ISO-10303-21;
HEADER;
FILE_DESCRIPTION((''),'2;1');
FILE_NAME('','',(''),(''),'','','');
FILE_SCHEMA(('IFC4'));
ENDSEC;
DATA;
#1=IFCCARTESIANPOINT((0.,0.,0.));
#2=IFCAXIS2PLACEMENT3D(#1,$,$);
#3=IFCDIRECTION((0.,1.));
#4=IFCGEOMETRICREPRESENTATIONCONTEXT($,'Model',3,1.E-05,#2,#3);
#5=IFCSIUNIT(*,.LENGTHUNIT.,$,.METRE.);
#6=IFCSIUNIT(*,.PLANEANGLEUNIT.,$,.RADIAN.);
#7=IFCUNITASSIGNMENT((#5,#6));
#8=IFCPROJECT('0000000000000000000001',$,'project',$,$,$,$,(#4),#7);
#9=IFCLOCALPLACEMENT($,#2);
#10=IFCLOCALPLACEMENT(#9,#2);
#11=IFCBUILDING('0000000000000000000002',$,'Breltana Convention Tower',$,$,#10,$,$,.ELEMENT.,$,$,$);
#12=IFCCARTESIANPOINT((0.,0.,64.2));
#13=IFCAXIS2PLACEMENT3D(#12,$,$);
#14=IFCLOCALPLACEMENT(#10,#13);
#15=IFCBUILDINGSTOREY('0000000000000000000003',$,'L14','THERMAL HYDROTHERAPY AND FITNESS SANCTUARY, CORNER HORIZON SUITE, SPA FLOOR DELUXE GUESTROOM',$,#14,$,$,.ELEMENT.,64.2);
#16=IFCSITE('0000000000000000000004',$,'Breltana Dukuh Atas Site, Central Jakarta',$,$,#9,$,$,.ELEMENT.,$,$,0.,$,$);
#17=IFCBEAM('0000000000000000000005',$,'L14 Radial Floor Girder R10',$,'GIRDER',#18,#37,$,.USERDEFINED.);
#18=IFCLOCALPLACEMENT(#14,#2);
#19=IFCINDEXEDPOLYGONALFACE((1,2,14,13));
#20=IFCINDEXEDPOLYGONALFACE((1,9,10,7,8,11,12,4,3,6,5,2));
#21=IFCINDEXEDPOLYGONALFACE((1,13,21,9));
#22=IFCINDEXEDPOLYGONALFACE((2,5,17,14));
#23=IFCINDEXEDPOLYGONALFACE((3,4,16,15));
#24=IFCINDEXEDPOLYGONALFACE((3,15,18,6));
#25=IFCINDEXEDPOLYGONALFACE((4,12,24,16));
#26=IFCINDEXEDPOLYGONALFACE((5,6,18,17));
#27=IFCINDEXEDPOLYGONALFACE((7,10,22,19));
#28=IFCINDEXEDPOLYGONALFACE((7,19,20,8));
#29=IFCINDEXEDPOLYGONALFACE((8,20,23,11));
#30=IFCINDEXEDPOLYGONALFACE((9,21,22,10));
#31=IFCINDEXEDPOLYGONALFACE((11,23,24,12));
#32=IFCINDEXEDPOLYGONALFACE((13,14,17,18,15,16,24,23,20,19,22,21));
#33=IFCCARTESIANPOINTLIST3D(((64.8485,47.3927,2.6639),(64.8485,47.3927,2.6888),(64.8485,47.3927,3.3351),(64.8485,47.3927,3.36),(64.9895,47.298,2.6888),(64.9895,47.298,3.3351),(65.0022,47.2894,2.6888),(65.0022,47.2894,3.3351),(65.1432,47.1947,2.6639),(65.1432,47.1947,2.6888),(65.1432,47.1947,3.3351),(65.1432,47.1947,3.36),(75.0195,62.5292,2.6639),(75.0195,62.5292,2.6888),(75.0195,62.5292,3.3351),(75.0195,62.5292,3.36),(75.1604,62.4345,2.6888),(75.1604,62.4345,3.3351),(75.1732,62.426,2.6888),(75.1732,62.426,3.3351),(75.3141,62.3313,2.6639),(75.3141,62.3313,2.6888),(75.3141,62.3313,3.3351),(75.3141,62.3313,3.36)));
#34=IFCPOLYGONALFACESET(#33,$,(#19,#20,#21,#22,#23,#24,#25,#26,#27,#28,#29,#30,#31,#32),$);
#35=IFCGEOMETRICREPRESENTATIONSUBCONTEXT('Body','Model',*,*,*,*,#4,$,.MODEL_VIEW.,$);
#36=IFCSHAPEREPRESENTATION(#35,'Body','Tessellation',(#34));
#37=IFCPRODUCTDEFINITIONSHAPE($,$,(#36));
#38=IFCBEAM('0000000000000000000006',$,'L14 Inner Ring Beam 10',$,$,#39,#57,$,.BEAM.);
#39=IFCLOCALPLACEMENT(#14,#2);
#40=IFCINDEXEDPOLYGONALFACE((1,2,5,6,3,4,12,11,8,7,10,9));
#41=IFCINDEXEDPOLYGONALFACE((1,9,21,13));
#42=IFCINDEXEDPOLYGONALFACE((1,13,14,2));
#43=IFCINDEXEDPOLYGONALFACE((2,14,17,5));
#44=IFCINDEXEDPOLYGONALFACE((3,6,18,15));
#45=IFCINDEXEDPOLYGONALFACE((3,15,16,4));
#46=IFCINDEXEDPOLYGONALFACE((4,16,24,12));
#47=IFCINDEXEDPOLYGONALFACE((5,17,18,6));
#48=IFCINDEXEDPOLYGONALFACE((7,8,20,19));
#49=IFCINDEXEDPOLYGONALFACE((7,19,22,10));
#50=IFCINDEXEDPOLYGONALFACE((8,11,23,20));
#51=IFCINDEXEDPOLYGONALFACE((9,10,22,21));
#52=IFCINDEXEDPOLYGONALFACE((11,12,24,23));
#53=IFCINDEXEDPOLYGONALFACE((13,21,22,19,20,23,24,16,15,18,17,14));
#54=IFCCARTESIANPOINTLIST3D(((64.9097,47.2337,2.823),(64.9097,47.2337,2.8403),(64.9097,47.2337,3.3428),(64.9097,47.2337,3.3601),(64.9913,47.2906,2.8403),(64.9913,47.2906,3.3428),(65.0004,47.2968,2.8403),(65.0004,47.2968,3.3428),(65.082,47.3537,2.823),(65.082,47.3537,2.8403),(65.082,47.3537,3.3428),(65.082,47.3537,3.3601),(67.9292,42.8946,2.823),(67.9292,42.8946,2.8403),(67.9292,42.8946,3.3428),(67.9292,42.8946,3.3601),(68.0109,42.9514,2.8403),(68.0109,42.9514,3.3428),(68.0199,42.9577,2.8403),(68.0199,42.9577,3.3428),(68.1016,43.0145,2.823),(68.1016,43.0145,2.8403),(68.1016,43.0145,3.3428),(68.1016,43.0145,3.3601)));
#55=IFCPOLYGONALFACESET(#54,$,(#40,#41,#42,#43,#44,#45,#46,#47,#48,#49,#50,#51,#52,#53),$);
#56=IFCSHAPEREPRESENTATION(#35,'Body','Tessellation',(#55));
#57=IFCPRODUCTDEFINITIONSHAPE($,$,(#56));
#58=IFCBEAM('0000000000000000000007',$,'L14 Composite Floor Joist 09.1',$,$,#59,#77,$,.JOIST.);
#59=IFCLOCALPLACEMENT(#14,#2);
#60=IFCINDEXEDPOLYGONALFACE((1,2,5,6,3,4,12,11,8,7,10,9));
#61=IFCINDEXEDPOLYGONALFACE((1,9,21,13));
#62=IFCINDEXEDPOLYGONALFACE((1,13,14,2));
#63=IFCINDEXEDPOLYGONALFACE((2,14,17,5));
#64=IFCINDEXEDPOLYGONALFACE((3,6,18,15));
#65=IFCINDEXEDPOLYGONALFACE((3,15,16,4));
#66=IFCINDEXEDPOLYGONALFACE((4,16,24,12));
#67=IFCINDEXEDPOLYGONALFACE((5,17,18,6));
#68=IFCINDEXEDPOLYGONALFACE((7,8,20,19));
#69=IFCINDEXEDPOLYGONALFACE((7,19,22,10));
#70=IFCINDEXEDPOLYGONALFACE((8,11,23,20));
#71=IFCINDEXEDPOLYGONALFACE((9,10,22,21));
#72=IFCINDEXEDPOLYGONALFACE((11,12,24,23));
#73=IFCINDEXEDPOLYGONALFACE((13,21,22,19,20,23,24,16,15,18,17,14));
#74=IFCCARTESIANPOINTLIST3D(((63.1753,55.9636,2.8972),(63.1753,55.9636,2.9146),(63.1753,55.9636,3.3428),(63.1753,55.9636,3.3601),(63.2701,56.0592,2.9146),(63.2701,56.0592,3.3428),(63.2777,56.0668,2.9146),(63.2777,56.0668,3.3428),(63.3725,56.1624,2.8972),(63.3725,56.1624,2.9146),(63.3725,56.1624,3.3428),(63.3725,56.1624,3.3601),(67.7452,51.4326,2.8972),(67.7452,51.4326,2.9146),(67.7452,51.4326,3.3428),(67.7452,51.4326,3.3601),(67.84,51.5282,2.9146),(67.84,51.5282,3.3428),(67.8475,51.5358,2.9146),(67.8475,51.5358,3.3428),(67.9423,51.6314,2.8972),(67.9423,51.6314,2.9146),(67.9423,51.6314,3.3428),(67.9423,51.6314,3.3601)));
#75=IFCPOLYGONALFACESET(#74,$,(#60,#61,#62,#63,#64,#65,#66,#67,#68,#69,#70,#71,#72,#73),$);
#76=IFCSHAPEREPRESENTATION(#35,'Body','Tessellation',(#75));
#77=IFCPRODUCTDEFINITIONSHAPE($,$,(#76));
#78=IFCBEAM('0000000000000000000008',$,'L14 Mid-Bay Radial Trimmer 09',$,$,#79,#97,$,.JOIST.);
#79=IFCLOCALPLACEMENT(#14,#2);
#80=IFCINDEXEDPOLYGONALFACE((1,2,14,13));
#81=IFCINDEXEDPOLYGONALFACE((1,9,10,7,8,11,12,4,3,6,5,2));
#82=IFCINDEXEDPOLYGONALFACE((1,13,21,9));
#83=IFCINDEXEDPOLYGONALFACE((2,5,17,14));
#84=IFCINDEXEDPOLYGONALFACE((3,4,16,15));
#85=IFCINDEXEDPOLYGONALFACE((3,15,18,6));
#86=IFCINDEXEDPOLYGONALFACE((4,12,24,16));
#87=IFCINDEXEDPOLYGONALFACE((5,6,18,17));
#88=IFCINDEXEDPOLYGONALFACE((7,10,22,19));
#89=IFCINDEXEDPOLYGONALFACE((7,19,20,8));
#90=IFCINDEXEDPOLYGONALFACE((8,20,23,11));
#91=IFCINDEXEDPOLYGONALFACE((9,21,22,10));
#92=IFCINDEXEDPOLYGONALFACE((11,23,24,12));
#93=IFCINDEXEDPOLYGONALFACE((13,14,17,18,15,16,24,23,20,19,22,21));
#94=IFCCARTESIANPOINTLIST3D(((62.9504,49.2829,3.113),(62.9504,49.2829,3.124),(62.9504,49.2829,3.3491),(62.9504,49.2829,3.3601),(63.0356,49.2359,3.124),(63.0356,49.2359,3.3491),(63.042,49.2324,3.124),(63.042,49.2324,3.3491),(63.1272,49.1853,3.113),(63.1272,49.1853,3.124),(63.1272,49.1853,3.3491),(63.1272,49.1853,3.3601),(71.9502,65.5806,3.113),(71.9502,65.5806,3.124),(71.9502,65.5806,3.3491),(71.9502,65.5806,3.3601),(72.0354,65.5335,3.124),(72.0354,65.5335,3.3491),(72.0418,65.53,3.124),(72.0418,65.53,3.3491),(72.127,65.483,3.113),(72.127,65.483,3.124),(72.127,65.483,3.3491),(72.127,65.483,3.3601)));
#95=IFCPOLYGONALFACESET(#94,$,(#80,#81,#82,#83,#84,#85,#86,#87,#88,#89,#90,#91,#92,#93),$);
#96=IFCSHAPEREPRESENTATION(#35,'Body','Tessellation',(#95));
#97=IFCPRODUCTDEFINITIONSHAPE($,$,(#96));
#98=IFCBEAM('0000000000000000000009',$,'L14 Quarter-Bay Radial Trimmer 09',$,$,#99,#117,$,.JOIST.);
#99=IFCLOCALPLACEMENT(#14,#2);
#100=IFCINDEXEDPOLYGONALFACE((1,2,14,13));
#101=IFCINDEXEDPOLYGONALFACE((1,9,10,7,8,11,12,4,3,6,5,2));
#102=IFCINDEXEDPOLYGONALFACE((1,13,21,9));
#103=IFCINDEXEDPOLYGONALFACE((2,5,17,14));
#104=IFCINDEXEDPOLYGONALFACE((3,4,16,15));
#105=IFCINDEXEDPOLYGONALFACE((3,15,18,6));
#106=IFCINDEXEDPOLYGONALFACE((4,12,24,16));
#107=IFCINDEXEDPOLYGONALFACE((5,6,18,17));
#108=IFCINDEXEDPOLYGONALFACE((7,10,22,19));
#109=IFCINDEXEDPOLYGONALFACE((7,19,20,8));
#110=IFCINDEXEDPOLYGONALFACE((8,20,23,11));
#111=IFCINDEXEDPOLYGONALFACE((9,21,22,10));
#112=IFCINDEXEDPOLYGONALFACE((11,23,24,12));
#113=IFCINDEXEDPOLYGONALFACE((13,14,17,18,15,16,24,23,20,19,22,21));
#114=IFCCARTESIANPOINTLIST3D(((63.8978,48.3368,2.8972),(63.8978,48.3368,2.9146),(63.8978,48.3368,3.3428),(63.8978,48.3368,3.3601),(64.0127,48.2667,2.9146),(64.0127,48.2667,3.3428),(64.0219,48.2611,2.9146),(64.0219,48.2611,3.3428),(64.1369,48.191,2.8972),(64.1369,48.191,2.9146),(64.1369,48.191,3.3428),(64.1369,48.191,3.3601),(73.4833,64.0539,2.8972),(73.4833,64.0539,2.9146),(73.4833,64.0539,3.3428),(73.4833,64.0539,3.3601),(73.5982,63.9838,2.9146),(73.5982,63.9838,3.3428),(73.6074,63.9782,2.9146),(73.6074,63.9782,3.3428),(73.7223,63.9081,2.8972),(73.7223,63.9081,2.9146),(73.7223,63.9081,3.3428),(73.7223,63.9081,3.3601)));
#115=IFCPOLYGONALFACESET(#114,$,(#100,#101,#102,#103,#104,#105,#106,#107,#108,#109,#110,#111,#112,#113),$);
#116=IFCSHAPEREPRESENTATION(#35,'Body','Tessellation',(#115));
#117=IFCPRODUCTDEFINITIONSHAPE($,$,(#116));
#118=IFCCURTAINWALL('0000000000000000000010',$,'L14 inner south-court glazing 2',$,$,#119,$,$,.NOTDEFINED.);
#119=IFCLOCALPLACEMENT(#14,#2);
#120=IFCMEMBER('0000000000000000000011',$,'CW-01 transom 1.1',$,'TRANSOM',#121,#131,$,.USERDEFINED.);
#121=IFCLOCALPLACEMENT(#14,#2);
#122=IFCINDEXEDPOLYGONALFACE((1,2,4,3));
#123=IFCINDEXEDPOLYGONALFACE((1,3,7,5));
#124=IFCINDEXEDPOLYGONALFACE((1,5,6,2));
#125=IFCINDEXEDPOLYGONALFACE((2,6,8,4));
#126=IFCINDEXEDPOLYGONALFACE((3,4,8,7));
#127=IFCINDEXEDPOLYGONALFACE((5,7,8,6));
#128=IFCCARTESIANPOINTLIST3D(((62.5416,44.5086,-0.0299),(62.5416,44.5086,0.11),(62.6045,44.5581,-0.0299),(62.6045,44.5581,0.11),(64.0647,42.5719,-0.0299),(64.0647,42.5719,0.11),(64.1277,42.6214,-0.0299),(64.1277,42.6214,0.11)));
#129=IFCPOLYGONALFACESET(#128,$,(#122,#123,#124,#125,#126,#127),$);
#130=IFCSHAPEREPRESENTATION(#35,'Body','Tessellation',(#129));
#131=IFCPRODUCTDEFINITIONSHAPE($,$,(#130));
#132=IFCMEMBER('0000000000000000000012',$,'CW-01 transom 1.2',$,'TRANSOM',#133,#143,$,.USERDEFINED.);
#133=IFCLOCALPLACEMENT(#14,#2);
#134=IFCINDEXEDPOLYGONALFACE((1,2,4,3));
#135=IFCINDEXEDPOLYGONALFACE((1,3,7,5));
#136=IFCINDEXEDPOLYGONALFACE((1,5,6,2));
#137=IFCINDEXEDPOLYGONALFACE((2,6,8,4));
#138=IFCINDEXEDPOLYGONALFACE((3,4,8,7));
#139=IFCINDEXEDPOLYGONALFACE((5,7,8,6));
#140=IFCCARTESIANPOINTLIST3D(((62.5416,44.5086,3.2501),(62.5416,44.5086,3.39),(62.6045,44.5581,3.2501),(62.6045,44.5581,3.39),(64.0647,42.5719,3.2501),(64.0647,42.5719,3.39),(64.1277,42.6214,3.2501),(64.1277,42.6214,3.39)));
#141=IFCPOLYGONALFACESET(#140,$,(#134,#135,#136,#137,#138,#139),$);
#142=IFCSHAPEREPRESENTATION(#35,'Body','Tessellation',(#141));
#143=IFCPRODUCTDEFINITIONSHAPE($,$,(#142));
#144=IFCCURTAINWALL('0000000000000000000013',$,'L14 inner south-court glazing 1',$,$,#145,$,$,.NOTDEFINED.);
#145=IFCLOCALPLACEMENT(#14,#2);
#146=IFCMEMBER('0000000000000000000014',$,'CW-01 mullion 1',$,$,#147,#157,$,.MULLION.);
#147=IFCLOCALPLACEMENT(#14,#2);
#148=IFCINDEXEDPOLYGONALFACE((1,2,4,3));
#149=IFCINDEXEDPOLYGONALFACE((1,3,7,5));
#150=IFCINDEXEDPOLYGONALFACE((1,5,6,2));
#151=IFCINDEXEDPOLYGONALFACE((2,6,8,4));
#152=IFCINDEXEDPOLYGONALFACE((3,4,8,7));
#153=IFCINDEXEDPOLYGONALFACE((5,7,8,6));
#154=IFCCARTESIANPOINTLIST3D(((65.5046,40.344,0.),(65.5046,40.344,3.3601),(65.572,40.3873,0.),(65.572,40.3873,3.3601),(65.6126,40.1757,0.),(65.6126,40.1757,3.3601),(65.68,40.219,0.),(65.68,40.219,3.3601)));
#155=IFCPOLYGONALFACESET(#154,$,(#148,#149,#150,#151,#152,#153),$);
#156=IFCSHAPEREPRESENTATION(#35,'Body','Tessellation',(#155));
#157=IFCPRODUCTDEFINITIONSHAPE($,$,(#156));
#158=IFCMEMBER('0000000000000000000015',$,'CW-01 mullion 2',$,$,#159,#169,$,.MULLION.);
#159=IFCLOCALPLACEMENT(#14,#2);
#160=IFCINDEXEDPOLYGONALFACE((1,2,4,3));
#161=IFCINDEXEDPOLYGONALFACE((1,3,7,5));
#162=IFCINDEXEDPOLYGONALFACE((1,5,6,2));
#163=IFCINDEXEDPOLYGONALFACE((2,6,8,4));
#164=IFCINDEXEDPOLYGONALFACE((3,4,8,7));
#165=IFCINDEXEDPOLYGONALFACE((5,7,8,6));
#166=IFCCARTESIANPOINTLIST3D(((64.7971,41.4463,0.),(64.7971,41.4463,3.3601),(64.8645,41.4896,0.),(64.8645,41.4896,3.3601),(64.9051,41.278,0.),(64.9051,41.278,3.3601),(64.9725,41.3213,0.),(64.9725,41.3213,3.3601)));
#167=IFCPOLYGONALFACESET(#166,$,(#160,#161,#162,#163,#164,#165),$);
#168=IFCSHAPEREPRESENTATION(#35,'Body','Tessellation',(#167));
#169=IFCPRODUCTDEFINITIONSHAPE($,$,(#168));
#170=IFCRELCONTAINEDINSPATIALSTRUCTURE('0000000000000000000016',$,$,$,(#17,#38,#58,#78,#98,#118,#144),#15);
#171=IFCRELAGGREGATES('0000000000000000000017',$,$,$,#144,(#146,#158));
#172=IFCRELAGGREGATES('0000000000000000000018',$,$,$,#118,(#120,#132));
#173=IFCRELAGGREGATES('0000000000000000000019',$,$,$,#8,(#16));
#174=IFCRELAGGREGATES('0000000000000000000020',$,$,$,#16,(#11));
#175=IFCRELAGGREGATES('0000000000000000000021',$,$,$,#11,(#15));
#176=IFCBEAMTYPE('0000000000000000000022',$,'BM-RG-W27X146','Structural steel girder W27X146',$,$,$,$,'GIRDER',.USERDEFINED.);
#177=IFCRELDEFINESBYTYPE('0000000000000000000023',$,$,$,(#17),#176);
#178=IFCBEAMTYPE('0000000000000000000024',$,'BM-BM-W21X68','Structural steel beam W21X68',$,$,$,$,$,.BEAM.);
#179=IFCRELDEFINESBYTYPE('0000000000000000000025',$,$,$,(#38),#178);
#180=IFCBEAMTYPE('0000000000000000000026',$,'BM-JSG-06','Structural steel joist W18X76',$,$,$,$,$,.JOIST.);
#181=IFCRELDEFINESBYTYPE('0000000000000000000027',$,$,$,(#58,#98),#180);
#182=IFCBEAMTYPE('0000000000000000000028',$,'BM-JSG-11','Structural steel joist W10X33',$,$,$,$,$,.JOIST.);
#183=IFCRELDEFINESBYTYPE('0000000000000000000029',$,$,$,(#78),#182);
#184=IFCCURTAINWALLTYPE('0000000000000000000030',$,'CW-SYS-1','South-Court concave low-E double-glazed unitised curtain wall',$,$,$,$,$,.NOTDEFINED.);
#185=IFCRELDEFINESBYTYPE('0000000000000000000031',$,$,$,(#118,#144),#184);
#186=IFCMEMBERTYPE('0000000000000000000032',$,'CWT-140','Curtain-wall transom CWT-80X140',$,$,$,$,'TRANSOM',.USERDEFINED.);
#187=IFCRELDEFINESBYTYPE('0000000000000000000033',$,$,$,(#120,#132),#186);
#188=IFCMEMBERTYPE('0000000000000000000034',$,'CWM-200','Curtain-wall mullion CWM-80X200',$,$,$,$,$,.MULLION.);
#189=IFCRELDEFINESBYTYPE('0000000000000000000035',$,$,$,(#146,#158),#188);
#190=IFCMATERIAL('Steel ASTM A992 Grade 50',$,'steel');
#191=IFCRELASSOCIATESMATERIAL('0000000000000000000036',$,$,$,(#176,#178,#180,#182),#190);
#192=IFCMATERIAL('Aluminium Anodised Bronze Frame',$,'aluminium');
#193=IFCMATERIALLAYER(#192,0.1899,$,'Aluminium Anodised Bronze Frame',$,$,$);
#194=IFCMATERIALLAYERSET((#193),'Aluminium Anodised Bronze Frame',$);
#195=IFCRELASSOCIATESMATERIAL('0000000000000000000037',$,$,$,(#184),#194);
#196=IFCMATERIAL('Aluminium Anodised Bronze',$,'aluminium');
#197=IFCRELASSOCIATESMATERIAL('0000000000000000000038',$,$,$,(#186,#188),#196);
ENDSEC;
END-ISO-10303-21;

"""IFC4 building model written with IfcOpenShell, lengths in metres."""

from ifc_helpers import new_model, si_unit, direction, frame, origin, origin_2d, place, context, subcontext, project, spatial, rectangle, i_section, extrude, source, transform, mapped, material, layer, layer_set, material_profile, profile_set, type_object, element, aggregate, save


model = new_model("IFC4")

# Units and contexts
model_context = context("Model", 3, precision=1e-05, world=origin(), true_north=direction((0.0, 1.0)))
body_context = subcontext(model_context, "Body", "Model", "MODEL_VIEW")
ifc_project = project(units=[si_unit("LENGTHUNIT", "METRE"), si_unit("PLANEANGLEUNIT", "RADIAN")], contexts=[model_context])

# Site, building, storey
site_placement = place(None, origin())
site = spatial("IfcSite", under=ifc_project, at=site_placement, Name="Breltana Dukuh Atas Site, Central Jakarta", CompositionType="ELEMENT", RefElevation=0.0)
building_placement = place(site_placement, origin())
building = spatial("IfcBuilding", under=site, at=building_placement, Name="Breltana Convention Tower", CompositionType="ELEMENT")
storey_placement = place(building_placement, frame((0.0, 0.0, 64.2)))
storey = spatial("IfcBuildingStorey", under=building, at=storey_placement, Name="L14", Description="THERMAL HYDROTHERAPY AND FITNESS SANCTUARY, CORNER HORIZON SUITE, SPA FLOOR DELUXE GUESTROOM", CompositionType="ELEMENT", Elevation=64.2)

# Beams
ifc_material_1 = material(Name="Steel ASTM A992 Grade 50", Category="steel")
ifc_material_profile_1 = material_profile(ifc_material_1, i_section(OverallWidth=0.355, OverallDepth=0.696, WebThickness=0.0154, FlangeThickness=0.0249, at=origin_2d()), Name="W27X146")
ifc_profile_set_1 = profile_set([ifc_material_profile_1], Name="Steel ASTM A992 Grade 50")
beam_type_1 = type_object("IfcBeamType", Name="BM-RG-W27X146", Description="Structural steel girder W27X146", ElementType="GIRDER", PredefinedType="USERDEFINED", material=ifc_profile_set_1)
shared_shape_1 = source(origin(), body_context, "Body", "SweptSolid", [
    extrude(i_section(OverallWidth=0.355, OverallDepth=0.696, WebThickness=0.0154, FlangeThickness=0.0249, at=origin_2d()), origin(), (0.0, 0.0, 1.0), 18.2363),
])
beam_1_placement = place(storey_placement, frame((64.9958, 47.2937, 3.012), z_axis=(0.55773, 0.830022, 0.0), x_axis=(-0.830022, 0.55773, 0.0)))
element("IfcBeam", 1, at=beam_1_placement, inside=storey, type_object=beam_type_1, Name="L14 Radial Floor Girder R10", ObjectType="GIRDER", PredefinedType="USERDEFINED", context=body_context, shape_type="MappedRepresentation", body=[
    mapped(shared_shape_1, transform((0.0, 0.0, 0.0), scale=1.0)),
])
ifc_material_profile_2 = material_profile(ifc_material_1, i_section(OverallWidth=0.21, OverallDepth=0.5371, WebThickness=0.011, FlangeThickness=0.0173, at=origin_2d()), Name="W21X68")
ifc_profile_set_2 = profile_set([ifc_material_profile_2], Name="Steel ASTM A992 Grade 50")
beam_type_2 = type_object("IfcBeamType", Name="BM-BM-W21X68", Description="Structural steel beam W21X68", PredefinedType="BEAM", material=ifc_profile_set_2)
shared_shape_2 = source(origin(), body_context, "Body", "SweptSolid", [
    extrude(i_section(OverallWidth=0.21, OverallDepth=0.5371, WebThickness=0.011, FlangeThickness=0.0173, at=origin_2d()), origin(), (0.0, 0.0, 1.0), 5.2864),
])
beam_2_placement = place(storey_placement, frame((64.9958, 47.2937, 3.0916), z_axis=(0.571194, -0.820815, 0.0), x_axis=(0.820815, 0.571194, 0.0)))
element("IfcBeam", 2, at=beam_2_placement, inside=storey, type_object=beam_type_2, Name="L14 Inner Ring Beam 10", PredefinedType="BEAM", context=body_context, shape_type="MappedRepresentation", body=[
    mapped(shared_shape_2, transform((0.0, 0.0, 0.0), scale=1.0)),
])
ifc_material_profile_3 = material_profile(ifc_material_1, i_section(OverallWidth=0.28, OverallDepth=0.4629, WebThickness=0.0107, FlangeThickness=0.0173, at=origin_2d()), Name="W18X76")
ifc_profile_set_3 = profile_set([ifc_material_profile_3], Name="Steel ASTM A992 Grade 50")
beam_type_3 = type_object("IfcBeamType", Name="BM-JSG-06", Description="Structural steel joist W18X76", PredefinedType="JOIST", material=ifc_profile_set_3)
shared_shape_3 = source(origin(), body_context, "Body", "SweptSolid", [
    extrude(i_section(OverallWidth=0.28, OverallDepth=0.4629, WebThickness=0.0107, FlangeThickness=0.0173, at=origin_2d()), origin(), (0.0, 0.0, 1.0), 6.4353),
])
beam_3_placement = place(storey_placement, frame((63.2739, 56.063, 3.1287), z_axis=(0.710116, -0.704084, 0.0), x_axis=(0.704084, 0.710116, 0.0)))
element("IfcBeam", 3, at=beam_3_placement, inside=storey, type_object=beam_type_3, Name="L14 Composite Floor Joist 09.1", PredefinedType="JOIST", context=body_context, shape_type="MappedRepresentation", body=[
    mapped(shared_shape_3, transform((0.0, 0.0, 0.0), scale=1.0)),
])
ifc_material_profile_4 = material_profile(ifc_material_1, i_section(OverallWidth=0.2019, OverallDepth=0.2471, WebThickness=0.0073, FlangeThickness=0.011, at=origin_2d()), Name="W10X33")
ifc_profile_set_4 = profile_set([ifc_material_profile_4], Name="Steel ASTM A992 Grade 50")
beam_type_4 = type_object("IfcBeamType", Name="BM-JSG-11", Description="Structural steel joist W10X33", PredefinedType="JOIST", material=ifc_profile_set_4)
shared_shape_4 = source(origin(), body_context, "Body", "SweptSolid", [
    extrude(i_section(OverallWidth=0.2019, OverallDepth=0.2471, WebThickness=0.0073, FlangeThickness=0.011, at=origin_2d()), origin(), (0.0, 0.0, 1.0), 18.6174),
])
beam_4_placement = place(storey_placement, frame((63.0388, 49.2341, 3.2366), z_axis=(0.483406, 0.875396, 0.0), x_axis=(-0.875396, 0.483406, 0.0)))
element("IfcBeam", 4, at=beam_4_placement, inside=storey, type_object=beam_type_4, Name="L14 Mid-Bay Radial Trimmer 09", PredefinedType="JOIST", context=body_context, shape_type="MappedRepresentation", body=[
    mapped(shared_shape_4, transform((0.0, 0.0, 0.0), scale=1.0)),
])
shared_shape_5 = source(origin(), body_context, "Body", "SweptSolid", [
    extrude(i_section(OverallWidth=0.28, OverallDepth=0.4629, WebThickness=0.0107, FlangeThickness=0.0173, at=origin_2d()), origin(), (0.0, 0.0, 1.0), 18.4094),
])
beam_5_placement = place(storey_placement, frame((64.0173, 48.2639, 3.1287), z_axis=(0.520682, 0.853751, 0.0), x_axis=(-0.853751, 0.520682, 0.0)))
element("IfcBeam", 5, at=beam_5_placement, inside=storey, type_object=beam_type_3, Name="L14 Quarter-Bay Radial Trimmer 09", PredefinedType="JOIST", context=body_context, shape_type="MappedRepresentation", body=[
    mapped(shared_shape_5, transform((0.0, 0.0, 0.0), scale=1.0)),
])

# Curtain walls, members
ifc_material_2 = material(Name="Aluminium Anodised Bronze Frame", Category="aluminium")
ifc_layer_1 = layer(ifc_material_2, 0.1899, Name="Aluminium Anodised Bronze Frame")
ifc_layer_set_1 = layer_set([ifc_layer_1], Name="Aluminium Anodised Bronze Frame")
curtain_wall_type = type_object("IfcCurtainWallType", Name="CW-SYS-1", Description="South-Court concave low-E double-glazed unitised curtain wall", PredefinedType="NOTDEFINED", material=ifc_layer_set_1)
curtain_wall_1_placement = place(storey_placement, origin())
curtain_wall_1 = element("IfcCurtainWall", 6, at=curtain_wall_1_placement, inside=storey, type_object=curtain_wall_type, Name="L14 inner south-court glazing 2", PredefinedType="NOTDEFINED")
ifc_material_3 = material(Name="Aluminium Anodised Bronze", Category="aluminium")
ifc_material_profile_5 = material_profile(ifc_material_3, rectangle(XDim=0.0801, YDim=0.1399, at=origin_2d()), Name="CWT-80X140")
ifc_profile_set_5 = profile_set([ifc_material_profile_5], Name="Aluminium Anodised Bronze")
member_type_1 = type_object("IfcMemberType", Name="CWT-140", Description="Curtain-wall transom CWT-80X140", ElementType="TRANSOM", PredefinedType="USERDEFINED", material=ifc_profile_set_5)
shared_shape_6 = source(origin(), body_context, "Body", "SweptSolid", [
    extrude(rectangle(XDim=0.0801, YDim=0.1399, at=origin_2d()), origin(), (0.0, 0.0, 1.0), 2.4639),
])
member_1_placement = place(storey_placement, frame((64.0962, 42.5967, 0.04), z_axis=(-0.618185, 0.786033, 0.0), x_axis=(-0.786033, -0.618185, 0.0)))
member_1 = element("IfcMember", 7, at=member_1_placement, type_object=member_type_1, Name="CW-01 transom 1.1", ObjectType="TRANSOM", PredefinedType="USERDEFINED", context=body_context, shape_type="MappedRepresentation", body=[
    mapped(shared_shape_6, transform((0.0, 0.0, 0.0), scale=1.0)),
])
member_2_placement = place(storey_placement, frame((64.0962, 42.5967, 3.3201), z_axis=(-0.618185, 0.786033, 0.0), x_axis=(-0.786033, -0.618185, 0.0)))
member_2 = element("IfcMember", 8, at=member_2_placement, type_object=member_type_1, Name="CW-01 transom 1.2", ObjectType="TRANSOM", PredefinedType="USERDEFINED", context=body_context, shape_type="MappedRepresentation", body=[
    mapped(shared_shape_6, transform((0.0, 0.0, 0.0), scale=1.0)),
])
curtain_wall_2_placement = place(storey_placement, origin())
curtain_wall_2 = element("IfcCurtainWall", 9, at=curtain_wall_2_placement, inside=storey, type_object=curtain_wall_type, Name="L14 inner south-court glazing 1", PredefinedType="NOTDEFINED")
ifc_material_profile_6 = material_profile(ifc_material_3, rectangle(XDim=0.0801, YDim=0.2, at=origin_2d()), Name="CWM-80X200")
ifc_profile_set_6 = profile_set([ifc_material_profile_6], Name="Aluminium Anodised Bronze")
member_type_2 = type_object("IfcMemberType", Name="CWM-200", Description="Curtain-wall mullion CWM-80X200", PredefinedType="MULLION", material=ifc_profile_set_6)
shared_shape_7 = source(origin(), body_context, "Body", "SweptSolid", [
    extrude(rectangle(XDim=0.0801, YDim=0.2, at=origin_2d()), origin(), (0.0, 0.0, 1.0), 3.3601),
])
member_3_placement = place(storey_placement, frame((65.5923, 40.2815, 0.0), z_axis=(0.0, 0.0, 1.0), x_axis=(-0.841556, -0.54017, 0.0)))
member_3 = element("IfcMember", 10, at=member_3_placement, type_object=member_type_2, Name="CW-01 mullion 1", PredefinedType="MULLION", context=body_context, shape_type="MappedRepresentation", body=[
    mapped(shared_shape_7, transform((0.0, 0.0, 0.0), scale=1.0)),
])
member_4_placement = place(storey_placement, frame((64.8848, 41.3838, 0.0), z_axis=(0.0, 0.0, 1.0), x_axis=(-0.841556, -0.54017, 0.0)))
member_4 = element("IfcMember", 11, at=member_4_placement, type_object=member_type_2, Name="CW-01 mullion 2", PredefinedType="MULLION", context=body_context, shape_type="MappedRepresentation", body=[
    mapped(shared_shape_7, transform((0.0, 0.0, 0.0), scale=1.0)),
])

aggregate(curtain_wall_2, [member_3, member_4])
aggregate(curtain_wall_1, [member_1, member_2])

save(model, "model.ifc")
